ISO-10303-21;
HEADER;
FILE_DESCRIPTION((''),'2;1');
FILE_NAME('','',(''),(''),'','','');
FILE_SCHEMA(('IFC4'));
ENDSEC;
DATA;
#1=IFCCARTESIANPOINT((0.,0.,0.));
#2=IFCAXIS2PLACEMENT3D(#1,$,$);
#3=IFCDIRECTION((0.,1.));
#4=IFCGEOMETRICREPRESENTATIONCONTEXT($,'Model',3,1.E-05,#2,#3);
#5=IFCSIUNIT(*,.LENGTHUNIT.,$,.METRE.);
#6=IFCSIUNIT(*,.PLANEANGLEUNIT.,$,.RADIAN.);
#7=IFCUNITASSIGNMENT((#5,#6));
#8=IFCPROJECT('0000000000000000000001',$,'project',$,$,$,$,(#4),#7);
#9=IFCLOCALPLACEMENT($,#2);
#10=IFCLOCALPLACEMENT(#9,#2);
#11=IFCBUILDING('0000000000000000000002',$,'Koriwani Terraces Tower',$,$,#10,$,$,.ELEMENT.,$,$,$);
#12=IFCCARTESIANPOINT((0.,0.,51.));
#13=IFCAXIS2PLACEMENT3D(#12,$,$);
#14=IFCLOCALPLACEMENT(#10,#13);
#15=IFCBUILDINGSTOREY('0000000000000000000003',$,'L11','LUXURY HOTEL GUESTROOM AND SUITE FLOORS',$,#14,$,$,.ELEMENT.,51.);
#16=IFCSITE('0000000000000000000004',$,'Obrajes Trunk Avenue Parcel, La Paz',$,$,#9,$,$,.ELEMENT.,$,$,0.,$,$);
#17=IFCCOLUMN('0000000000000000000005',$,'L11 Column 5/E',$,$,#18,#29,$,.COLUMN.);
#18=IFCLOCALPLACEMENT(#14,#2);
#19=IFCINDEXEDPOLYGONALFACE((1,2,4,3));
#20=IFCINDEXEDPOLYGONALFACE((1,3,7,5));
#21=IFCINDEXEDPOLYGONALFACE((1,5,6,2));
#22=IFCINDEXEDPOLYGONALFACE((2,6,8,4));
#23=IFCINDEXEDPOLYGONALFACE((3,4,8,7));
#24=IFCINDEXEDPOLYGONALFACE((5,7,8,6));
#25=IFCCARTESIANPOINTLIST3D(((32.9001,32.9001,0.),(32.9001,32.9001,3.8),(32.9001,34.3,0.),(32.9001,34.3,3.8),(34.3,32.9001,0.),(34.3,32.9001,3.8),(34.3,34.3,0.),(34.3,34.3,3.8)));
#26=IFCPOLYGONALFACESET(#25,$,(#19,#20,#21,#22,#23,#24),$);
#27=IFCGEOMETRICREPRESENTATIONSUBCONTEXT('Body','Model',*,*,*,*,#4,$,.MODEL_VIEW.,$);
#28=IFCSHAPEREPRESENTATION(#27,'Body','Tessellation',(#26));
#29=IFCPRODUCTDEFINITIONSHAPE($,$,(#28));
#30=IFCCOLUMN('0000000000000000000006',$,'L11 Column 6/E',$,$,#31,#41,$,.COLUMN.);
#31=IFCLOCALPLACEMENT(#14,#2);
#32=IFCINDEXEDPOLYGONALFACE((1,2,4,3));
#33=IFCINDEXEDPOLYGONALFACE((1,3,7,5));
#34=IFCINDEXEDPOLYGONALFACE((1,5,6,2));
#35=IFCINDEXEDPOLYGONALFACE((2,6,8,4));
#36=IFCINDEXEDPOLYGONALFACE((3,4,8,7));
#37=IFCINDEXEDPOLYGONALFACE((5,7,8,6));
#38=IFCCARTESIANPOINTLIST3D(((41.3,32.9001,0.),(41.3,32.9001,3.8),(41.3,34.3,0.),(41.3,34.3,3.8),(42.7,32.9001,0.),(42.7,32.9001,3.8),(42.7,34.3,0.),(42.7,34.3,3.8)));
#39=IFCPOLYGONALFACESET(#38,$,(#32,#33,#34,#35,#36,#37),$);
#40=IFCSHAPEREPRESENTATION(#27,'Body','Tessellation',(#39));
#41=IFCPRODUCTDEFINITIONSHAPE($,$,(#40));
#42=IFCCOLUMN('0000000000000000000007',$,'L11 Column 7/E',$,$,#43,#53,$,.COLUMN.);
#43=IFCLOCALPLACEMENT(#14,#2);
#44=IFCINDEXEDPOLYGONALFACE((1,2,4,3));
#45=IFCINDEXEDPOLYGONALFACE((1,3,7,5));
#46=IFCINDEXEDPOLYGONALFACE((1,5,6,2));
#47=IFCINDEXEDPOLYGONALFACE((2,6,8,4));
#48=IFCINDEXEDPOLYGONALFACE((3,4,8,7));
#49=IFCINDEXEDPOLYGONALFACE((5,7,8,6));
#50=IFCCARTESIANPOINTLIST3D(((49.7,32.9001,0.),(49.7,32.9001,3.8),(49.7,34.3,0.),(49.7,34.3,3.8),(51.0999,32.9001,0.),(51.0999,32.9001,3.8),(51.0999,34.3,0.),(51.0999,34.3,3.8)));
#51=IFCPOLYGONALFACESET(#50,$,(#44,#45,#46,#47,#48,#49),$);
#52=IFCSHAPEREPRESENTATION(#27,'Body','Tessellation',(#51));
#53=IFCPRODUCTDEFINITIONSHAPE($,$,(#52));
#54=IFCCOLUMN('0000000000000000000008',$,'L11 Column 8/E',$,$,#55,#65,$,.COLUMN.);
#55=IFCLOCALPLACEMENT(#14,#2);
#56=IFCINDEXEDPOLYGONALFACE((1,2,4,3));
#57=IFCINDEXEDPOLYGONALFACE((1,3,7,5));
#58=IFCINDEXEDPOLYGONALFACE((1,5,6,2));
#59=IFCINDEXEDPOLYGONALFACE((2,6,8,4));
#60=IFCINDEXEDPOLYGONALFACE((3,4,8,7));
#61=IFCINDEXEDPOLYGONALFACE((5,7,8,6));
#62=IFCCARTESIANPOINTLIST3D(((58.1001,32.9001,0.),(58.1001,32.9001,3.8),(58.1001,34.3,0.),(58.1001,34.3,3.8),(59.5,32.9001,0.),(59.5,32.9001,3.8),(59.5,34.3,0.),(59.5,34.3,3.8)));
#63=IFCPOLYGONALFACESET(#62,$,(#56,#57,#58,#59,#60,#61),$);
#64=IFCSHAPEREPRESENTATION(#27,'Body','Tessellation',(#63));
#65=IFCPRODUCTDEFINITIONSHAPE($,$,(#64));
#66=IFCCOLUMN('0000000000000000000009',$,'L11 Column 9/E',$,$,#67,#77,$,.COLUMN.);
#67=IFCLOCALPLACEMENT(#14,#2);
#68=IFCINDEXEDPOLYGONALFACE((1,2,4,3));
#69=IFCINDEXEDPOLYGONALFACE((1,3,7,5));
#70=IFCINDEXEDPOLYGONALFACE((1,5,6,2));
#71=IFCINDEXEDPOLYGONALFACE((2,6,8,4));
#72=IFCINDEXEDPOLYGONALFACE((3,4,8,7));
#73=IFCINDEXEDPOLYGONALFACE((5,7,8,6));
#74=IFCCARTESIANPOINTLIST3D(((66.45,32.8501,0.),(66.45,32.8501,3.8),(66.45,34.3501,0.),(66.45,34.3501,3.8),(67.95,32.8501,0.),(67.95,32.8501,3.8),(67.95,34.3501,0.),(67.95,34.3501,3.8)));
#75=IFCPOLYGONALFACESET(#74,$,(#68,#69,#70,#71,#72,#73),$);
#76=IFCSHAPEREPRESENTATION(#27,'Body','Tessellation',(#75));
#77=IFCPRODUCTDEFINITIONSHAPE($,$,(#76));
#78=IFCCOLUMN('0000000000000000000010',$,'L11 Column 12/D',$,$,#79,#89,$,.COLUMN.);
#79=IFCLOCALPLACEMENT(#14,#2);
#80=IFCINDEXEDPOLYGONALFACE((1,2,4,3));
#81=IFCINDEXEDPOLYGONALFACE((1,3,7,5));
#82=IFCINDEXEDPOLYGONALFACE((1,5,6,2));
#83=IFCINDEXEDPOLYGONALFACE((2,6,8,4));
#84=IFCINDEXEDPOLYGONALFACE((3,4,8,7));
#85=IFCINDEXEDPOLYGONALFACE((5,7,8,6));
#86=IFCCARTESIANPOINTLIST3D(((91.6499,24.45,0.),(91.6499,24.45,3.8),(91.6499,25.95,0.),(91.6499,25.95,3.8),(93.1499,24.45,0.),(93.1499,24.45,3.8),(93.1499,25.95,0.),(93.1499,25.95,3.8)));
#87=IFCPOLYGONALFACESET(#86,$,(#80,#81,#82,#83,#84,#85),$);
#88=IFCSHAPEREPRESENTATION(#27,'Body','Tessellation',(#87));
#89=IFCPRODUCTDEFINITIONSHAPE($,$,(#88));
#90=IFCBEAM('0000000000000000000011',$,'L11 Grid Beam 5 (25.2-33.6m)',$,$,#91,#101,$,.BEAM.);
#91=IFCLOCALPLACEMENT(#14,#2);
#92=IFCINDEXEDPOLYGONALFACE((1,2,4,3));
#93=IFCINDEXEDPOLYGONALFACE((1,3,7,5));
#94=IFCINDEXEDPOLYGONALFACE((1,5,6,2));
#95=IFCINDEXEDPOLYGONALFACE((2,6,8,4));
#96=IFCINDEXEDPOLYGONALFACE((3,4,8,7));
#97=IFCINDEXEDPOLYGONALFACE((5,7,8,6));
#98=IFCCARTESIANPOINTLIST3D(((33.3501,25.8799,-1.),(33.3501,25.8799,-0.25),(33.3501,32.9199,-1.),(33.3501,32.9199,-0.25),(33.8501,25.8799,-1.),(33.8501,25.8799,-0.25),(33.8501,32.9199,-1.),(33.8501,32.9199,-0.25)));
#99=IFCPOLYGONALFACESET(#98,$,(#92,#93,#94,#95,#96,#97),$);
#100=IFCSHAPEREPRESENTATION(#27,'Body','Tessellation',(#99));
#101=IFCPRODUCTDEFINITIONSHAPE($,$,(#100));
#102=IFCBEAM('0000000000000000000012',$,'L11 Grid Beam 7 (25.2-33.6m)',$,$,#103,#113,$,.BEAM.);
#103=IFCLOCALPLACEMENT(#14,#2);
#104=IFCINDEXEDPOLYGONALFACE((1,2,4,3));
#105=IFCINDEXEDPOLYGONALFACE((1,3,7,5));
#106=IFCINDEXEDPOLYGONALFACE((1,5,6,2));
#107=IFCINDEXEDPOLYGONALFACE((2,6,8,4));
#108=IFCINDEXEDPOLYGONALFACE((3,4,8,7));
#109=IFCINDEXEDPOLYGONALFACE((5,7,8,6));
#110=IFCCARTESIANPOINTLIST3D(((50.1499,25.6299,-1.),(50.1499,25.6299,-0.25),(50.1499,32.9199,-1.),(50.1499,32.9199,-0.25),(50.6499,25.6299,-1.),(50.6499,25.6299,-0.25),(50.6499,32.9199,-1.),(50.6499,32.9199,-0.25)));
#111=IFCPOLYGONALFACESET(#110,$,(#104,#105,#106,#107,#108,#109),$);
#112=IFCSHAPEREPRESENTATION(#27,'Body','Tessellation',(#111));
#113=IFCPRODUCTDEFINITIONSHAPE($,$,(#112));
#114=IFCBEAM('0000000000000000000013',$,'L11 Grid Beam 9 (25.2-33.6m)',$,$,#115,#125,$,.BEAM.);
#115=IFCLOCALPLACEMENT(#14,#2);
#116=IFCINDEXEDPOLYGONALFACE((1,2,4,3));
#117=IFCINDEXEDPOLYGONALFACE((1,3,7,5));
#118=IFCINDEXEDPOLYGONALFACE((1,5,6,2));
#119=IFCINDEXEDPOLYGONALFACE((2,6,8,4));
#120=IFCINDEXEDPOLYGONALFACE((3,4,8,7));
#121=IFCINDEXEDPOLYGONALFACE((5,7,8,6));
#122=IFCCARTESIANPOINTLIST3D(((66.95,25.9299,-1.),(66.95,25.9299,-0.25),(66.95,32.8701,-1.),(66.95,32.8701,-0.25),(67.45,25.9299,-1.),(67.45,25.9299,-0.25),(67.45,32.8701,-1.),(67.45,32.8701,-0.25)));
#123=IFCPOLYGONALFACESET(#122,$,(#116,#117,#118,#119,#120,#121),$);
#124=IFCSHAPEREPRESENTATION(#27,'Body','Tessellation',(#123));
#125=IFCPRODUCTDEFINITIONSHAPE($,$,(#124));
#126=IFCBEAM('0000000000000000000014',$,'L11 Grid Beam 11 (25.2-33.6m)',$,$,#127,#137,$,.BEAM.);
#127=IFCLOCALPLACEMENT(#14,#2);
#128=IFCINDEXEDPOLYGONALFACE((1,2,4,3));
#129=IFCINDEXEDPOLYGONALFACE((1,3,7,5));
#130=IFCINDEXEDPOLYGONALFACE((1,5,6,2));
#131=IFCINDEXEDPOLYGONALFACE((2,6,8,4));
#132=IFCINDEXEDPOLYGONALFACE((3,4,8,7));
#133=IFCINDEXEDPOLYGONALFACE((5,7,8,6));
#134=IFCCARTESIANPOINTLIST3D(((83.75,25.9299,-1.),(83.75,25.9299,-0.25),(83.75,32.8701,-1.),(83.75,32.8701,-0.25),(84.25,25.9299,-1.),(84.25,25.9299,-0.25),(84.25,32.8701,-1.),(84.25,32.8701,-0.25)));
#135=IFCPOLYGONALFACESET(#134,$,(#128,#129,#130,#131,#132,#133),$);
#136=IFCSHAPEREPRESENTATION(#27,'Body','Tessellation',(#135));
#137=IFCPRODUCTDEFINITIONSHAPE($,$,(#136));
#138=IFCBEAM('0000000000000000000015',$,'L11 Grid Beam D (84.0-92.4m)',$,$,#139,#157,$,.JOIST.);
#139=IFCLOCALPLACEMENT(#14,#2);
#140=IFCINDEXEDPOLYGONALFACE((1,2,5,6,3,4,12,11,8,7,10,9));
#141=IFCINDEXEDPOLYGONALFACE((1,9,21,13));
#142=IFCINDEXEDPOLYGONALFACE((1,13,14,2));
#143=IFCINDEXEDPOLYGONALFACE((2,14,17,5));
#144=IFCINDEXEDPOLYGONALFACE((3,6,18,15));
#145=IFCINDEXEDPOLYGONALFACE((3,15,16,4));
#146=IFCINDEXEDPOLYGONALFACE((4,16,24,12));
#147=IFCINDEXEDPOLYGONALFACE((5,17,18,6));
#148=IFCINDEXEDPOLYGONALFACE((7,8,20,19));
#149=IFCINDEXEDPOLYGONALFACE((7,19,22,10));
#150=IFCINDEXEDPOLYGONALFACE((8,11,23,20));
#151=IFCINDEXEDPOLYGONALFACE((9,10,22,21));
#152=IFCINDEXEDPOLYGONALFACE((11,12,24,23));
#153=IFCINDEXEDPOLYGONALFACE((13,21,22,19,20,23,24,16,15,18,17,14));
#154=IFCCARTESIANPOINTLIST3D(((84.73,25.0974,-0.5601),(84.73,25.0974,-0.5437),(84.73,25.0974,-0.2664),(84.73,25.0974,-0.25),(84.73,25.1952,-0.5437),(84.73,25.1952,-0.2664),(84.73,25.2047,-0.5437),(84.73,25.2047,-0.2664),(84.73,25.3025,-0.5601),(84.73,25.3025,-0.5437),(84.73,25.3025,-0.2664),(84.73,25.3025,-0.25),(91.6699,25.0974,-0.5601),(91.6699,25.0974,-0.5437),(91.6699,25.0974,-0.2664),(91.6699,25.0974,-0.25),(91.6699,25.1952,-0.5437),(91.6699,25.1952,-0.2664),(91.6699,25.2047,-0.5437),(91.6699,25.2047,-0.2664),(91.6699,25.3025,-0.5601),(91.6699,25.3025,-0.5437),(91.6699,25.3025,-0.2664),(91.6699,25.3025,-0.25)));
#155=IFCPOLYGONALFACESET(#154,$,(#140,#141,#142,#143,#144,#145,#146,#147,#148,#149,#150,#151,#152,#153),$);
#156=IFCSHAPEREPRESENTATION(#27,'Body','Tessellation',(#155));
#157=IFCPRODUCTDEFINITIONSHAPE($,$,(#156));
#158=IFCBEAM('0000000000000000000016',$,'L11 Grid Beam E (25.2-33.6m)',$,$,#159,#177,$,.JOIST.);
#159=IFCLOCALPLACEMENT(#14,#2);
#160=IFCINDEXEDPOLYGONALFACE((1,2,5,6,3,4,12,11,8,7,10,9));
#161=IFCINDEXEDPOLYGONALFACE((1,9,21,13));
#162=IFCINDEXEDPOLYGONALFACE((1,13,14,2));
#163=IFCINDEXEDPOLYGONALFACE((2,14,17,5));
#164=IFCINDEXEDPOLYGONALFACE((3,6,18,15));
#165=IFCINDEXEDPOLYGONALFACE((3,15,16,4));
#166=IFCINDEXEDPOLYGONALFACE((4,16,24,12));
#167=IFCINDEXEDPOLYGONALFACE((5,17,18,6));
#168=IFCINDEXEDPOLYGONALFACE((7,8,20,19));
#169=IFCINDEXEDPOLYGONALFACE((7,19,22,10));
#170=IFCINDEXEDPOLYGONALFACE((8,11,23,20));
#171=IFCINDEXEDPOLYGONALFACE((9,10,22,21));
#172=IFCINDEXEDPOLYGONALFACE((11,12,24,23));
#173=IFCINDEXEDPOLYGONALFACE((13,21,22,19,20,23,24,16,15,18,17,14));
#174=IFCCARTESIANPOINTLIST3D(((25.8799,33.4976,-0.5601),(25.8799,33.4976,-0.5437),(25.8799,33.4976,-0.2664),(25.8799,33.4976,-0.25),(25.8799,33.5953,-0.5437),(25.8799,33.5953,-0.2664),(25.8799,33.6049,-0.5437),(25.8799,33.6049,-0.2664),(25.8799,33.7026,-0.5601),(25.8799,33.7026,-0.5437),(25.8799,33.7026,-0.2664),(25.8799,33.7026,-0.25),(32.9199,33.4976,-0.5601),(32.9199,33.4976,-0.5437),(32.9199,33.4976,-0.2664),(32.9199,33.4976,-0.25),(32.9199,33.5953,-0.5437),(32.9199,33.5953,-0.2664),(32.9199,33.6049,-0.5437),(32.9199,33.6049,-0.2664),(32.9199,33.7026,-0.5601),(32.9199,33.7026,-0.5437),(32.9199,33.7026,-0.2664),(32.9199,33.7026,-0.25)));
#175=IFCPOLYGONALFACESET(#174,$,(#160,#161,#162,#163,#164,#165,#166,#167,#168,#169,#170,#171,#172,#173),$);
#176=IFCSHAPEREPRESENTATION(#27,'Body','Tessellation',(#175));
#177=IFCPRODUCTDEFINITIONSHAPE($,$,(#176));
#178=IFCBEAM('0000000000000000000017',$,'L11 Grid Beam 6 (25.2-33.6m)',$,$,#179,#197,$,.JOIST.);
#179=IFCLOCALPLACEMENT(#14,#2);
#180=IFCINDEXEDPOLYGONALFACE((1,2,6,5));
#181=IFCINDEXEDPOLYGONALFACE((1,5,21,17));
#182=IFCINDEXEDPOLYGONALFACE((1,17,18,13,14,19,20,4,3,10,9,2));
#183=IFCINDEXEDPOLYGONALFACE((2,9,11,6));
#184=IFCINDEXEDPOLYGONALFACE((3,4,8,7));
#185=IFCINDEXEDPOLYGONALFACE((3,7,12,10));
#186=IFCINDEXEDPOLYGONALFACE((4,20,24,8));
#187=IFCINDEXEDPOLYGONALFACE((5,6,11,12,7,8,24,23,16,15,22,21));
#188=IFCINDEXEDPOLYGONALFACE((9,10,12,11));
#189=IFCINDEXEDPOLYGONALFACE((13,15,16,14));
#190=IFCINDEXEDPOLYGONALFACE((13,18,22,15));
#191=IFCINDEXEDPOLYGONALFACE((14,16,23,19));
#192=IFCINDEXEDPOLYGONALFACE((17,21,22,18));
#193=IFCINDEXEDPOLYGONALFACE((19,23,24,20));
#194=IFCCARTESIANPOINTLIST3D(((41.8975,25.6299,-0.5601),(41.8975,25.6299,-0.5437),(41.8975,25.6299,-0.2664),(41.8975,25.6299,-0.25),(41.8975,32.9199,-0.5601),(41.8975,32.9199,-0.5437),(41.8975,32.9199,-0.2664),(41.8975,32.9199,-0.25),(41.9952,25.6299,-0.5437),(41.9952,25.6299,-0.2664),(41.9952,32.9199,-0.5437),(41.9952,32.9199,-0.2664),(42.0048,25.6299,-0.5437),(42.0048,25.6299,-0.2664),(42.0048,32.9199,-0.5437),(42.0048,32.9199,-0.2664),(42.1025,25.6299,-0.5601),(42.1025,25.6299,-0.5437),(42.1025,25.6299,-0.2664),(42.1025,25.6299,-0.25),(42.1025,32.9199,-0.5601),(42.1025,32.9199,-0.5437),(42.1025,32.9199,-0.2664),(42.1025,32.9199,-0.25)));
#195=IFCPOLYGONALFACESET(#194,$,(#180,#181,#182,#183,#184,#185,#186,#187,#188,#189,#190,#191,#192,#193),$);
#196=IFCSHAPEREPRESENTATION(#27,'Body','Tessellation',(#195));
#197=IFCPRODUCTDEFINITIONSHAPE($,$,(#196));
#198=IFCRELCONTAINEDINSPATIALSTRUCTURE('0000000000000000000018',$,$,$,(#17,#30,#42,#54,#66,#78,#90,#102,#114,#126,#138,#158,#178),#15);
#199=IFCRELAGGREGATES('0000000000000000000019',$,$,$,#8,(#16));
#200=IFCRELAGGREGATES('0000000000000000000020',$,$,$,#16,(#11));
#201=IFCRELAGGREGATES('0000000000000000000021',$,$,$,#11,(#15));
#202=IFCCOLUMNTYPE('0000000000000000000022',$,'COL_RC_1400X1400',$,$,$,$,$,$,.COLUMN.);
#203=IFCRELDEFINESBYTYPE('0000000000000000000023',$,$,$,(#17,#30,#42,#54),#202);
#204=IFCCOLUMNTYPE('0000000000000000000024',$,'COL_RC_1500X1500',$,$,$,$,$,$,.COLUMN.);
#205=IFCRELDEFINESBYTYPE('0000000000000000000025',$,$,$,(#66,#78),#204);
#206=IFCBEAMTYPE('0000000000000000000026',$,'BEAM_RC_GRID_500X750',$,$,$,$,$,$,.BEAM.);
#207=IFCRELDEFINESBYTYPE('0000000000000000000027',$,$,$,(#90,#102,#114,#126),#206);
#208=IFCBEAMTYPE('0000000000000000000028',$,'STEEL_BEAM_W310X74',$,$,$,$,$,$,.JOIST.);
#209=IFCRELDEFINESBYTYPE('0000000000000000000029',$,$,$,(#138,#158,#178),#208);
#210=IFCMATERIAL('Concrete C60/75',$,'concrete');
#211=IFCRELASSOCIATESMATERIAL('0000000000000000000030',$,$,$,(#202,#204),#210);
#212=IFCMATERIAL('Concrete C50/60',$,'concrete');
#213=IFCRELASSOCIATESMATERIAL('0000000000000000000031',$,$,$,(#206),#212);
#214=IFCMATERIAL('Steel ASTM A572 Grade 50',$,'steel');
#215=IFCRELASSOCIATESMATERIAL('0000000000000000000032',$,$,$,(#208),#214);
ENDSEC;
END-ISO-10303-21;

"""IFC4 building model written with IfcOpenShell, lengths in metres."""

from ifc_helpers import new_model, si_unit, direction, frame, origin, origin_2d, place, context, subcontext, project, spatial, rectangle, i_section, extrude, material, material_profile, profile_set, type_object, element, save


model = new_model("IFC4")

# Units and contexts
model_context = context("Model", 3, precision=1e-05, world=origin(), true_north=direction((0.0, 1.0)))
body_context = subcontext(model_context, "Body", "Model", "MODEL_VIEW")
ifc_project = project(units=[si_unit("LENGTHUNIT", "METRE"), si_unit("PLANEANGLEUNIT", "RADIAN")], contexts=[model_context])

# Site, building, storey
site_placement = place(None, origin())
site = spatial("IfcSite", under=ifc_project, at=site_placement, Name="Obrajes Trunk Avenue Parcel, La Paz", CompositionType="ELEMENT", RefElevation=0.0)
building_placement = place(site_placement, origin())
building = spatial("IfcBuilding", under=site, at=building_placement, Name="Koriwani Terraces Tower", CompositionType="ELEMENT")
storey_placement = place(building_placement, frame((0.0, 0.0, 51.0)))
storey = spatial("IfcBuildingStorey", under=building, at=storey_placement, Name="L11", Description="LUXURY HOTEL GUESTROOM AND SUITE FLOORS", CompositionType="ELEMENT", Elevation=51.0)

# Columns
ifc_material_1 = material(Name="Concrete C60/75", Category="concrete")
ifc_material_profile_1 = material_profile(ifc_material_1, rectangle(XDim=1.3999, YDim=1.3999, at=origin_2d()), Name="Concrete C60/75", Category="LoadBearing")
ifc_profile_set_1 = profile_set([ifc_material_profile_1], Name="Concrete C60/75")
column_type_1 = type_object("IfcColumnType", Name="COL_RC_1400X1400", PredefinedType="COLUMN", material=ifc_profile_set_1)
for number, where, z_axis, x_axis, name in (
    (1, (33.6001, 33.6001, 0.0), (0.0, 0.0, 1.0), (1.0, 0.0, 0.0), "L11 Column 5/E"),
    (2, (42.0, 33.6001, 0.0), (0.0, 0.0, 1.0), (1.0, 0.0, 0.0), "L11 Column 6/E"),
    (3, (50.3999, 33.6001, 0.0), (0.0, 0.0, 1.0), (1.0, 0.0, 0.0), "L11 Column 7/E"),
    (4, (58.8, 33.6001, 0.0), (0.0, 0.0, 1.0), (1.0, 0.0, 0.0), "L11 Column 8/E"),
):
    element("IfcColumn", number, at=place(storey_placement, frame(where, z_axis=z_axis, x_axis=x_axis)), inside=storey, type_object=column_type_1, Name=name, PredefinedType="COLUMN", context=body_context, shape_type="SweptSolid", body=[
        extrude(rectangle(XDim=1.3999, YDim=1.3999, at=origin_2d()), origin(), (0.0, 0.0, 1.0), 3.8),
    ])
ifc_material_profile_2 = material_profile(ifc_material_1, rectangle(XDim=1.5, YDim=1.5, at=origin_2d()), Name="Concrete C60/75", Category="LoadBearing")
ifc_profile_set_2 = profile_set([ifc_material_profile_2], Name="Concrete C60/75")
column_type_2 = type_object("IfcColumnType", Name="COL_RC_1500X1500", PredefinedType="COLUMN", material=ifc_profile_set_2)
for number, where, z_axis, x_axis, name in (
    (5, (67.2, 33.6001, 0.0), (0.0, 0.0, 1.0), (1.0, 0.0, 0.0), "L11 Column 9/E"),
    (6, (92.3999, 25.2, 0.0), (0.0, 0.0, 1.0), (1.0, 0.0, 0.0), "L11 Column 12/D"),
):
    element("IfcColumn", number, at=place(storey_placement, frame(where, z_axis=z_axis, x_axis=x_axis)), inside=storey, type_object=column_type_2, Name=name, PredefinedType="COLUMN", context=body_context, shape_type="SweptSolid", body=[
        extrude(rectangle(XDim=1.5, YDim=1.5, at=origin_2d()), origin(), (0.0, 0.0, 1.0), 3.8),
    ])

# Beams
ifc_material_2 = material(Name="Concrete C50/60", Category="concrete")
ifc_material_profile_3 = material_profile(ifc_material_2, rectangle(XDim=0.5, YDim=0.75, at=origin_2d()), Name="Concrete C50/60", Category="LoadBearing")
ifc_profile_set_3 = profile_set([ifc_material_profile_3], Name="Concrete C50/60")
beam_type_1 = type_object("IfcBeamType", Name="BEAM_RC_GRID_500X750", PredefinedType="BEAM", material=ifc_profile_set_3)
beam_1_placement = place(storey_placement, frame((33.6001, 25.8799, -0.625), z_axis=(0.0, 1.0, 0.0), x_axis=(-1.0, 0.0, 0.0)))
element("IfcBeam", 7, at=beam_1_placement, inside=storey, type_object=beam_type_1, Name="L11 Grid Beam 5 (25.2-33.6m)", PredefinedType="BEAM", context=body_context, shape_type="SweptSolid", body=[
    extrude(rectangle(XDim=0.5, YDim=0.75, at=origin_2d()), origin(), (0.0, 0.0, 1.0), 7.04),
])
beam_2_placement = place(storey_placement, frame((50.3999, 25.6299, -0.625), z_axis=(0.0, 1.0, 0.0), x_axis=(-1.0, 0.0, 0.0)))
element("IfcBeam", 8, at=beam_2_placement, inside=storey, type_object=beam_type_1, Name="L11 Grid Beam 7 (25.2-33.6m)", PredefinedType="BEAM", context=body_context, shape_type="SweptSolid", body=[
    extrude(rectangle(XDim=0.5, YDim=0.75, at=origin_2d()), origin(), (0.0, 0.0, 1.0), 7.29),
])
for number, where, z_axis, x_axis, name in (
    (9, (67.2, 25.9299, -0.625), (0.0, 1.0, 0.0), (-1.0, 0.0, 0.0), "L11 Grid Beam 9 (25.2-33.6m)"),
    (10, (84.0, 25.9299, -0.625), (0.0, 1.0, 0.0), (-1.0, 0.0, 0.0), "L11 Grid Beam 11 (25.2-33.6m)"),
):
    element("IfcBeam", number, at=place(storey_placement, frame(where, z_axis=z_axis, x_axis=x_axis)), inside=storey, type_object=beam_type_1, Name=name, PredefinedType="BEAM", context=body_context, shape_type="SweptSolid", body=[
        extrude(rectangle(XDim=0.5, YDim=0.75, at=origin_2d()), origin(), (0.0, 0.0, 1.0), 6.9402),
    ])
ifc_material_3 = material(Name="Steel ASTM A572 Grade 50", Category="steel")
ifc_material_profile_4 = material_profile(ifc_material_3, i_section(OverallWidth=0.2051, OverallDepth=0.3101, WebThickness=0.0095, FlangeThickness=0.0164, at=origin_2d()), Name="Steel ASTM A572 Grade 50", Category="LoadBearing")
ifc_profile_set_4 = profile_set([ifc_material_profile_4], Name="Steel ASTM A572 Grade 50")
beam_type_2 = type_object("IfcBeamType", Name="STEEL_BEAM_W310X74", PredefinedType="JOIST", material=ifc_profile_set_4)
beam_3_placement = place(storey_placement, frame((84.73, 25.2, -0.405), z_axis=(1.0, 0.0, 0.0), x_axis=(0.0, 1.0, 0.0)))
element("IfcBeam", 11, at=beam_3_placement, inside=storey, type_object=beam_type_2, Name="L11 Grid Beam D (84.0-92.4m)", PredefinedType="JOIST", context=body_context, shape_type="SweptSolid", body=[
    extrude(i_section(OverallWidth=0.2051, OverallDepth=0.3101, WebThickness=0.0095, FlangeThickness=0.0164, at=origin_2d()), origin(), (0.0, 0.0, 1.0), 6.9399),
])
beam_4_placement = place(storey_placement, frame((25.8799, 33.6001, -0.405), z_axis=(1.0, 0.0, 0.0), x_axis=(0.0, 1.0, 0.0)))
element("IfcBeam", 12, at=beam_4_placement, inside=storey, type_object=beam_type_2, Name="L11 Grid Beam E (25.2-33.6m)", PredefinedType="JOIST", context=body_context, shape_type="SweptSolid", body=[
    extrude(i_section(OverallWidth=0.2051, OverallDepth=0.3101, WebThickness=0.0095, FlangeThickness=0.0164, at=origin_2d()), origin(), (0.0, 0.0, 1.0), 7.04),
])
for number, where, z_axis, x_axis, name in (
    (13, (42.0, 25.6299, -0.405), (0.0, 1.0, 0.0), (-1.0, 0.0, 0.0), "L11 Grid Beam 6 (25.2-33.6m)"),
):
    element("IfcBeam", number, at=place(storey_placement, frame(where, z_axis=z_axis, x_axis=x_axis)), inside=storey, type_object=beam_type_2, Name=name, PredefinedType="JOIST", context=body_context, shape_type="SweptSolid", body=[
        extrude(i_section(OverallWidth=0.2051, OverallDepth=0.3101, WebThickness=0.0095, FlangeThickness=0.0164, at=origin_2d()), origin(), (0.0, 0.0, 1.0), 7.29),
    ])

save(model, "model.ifc")
